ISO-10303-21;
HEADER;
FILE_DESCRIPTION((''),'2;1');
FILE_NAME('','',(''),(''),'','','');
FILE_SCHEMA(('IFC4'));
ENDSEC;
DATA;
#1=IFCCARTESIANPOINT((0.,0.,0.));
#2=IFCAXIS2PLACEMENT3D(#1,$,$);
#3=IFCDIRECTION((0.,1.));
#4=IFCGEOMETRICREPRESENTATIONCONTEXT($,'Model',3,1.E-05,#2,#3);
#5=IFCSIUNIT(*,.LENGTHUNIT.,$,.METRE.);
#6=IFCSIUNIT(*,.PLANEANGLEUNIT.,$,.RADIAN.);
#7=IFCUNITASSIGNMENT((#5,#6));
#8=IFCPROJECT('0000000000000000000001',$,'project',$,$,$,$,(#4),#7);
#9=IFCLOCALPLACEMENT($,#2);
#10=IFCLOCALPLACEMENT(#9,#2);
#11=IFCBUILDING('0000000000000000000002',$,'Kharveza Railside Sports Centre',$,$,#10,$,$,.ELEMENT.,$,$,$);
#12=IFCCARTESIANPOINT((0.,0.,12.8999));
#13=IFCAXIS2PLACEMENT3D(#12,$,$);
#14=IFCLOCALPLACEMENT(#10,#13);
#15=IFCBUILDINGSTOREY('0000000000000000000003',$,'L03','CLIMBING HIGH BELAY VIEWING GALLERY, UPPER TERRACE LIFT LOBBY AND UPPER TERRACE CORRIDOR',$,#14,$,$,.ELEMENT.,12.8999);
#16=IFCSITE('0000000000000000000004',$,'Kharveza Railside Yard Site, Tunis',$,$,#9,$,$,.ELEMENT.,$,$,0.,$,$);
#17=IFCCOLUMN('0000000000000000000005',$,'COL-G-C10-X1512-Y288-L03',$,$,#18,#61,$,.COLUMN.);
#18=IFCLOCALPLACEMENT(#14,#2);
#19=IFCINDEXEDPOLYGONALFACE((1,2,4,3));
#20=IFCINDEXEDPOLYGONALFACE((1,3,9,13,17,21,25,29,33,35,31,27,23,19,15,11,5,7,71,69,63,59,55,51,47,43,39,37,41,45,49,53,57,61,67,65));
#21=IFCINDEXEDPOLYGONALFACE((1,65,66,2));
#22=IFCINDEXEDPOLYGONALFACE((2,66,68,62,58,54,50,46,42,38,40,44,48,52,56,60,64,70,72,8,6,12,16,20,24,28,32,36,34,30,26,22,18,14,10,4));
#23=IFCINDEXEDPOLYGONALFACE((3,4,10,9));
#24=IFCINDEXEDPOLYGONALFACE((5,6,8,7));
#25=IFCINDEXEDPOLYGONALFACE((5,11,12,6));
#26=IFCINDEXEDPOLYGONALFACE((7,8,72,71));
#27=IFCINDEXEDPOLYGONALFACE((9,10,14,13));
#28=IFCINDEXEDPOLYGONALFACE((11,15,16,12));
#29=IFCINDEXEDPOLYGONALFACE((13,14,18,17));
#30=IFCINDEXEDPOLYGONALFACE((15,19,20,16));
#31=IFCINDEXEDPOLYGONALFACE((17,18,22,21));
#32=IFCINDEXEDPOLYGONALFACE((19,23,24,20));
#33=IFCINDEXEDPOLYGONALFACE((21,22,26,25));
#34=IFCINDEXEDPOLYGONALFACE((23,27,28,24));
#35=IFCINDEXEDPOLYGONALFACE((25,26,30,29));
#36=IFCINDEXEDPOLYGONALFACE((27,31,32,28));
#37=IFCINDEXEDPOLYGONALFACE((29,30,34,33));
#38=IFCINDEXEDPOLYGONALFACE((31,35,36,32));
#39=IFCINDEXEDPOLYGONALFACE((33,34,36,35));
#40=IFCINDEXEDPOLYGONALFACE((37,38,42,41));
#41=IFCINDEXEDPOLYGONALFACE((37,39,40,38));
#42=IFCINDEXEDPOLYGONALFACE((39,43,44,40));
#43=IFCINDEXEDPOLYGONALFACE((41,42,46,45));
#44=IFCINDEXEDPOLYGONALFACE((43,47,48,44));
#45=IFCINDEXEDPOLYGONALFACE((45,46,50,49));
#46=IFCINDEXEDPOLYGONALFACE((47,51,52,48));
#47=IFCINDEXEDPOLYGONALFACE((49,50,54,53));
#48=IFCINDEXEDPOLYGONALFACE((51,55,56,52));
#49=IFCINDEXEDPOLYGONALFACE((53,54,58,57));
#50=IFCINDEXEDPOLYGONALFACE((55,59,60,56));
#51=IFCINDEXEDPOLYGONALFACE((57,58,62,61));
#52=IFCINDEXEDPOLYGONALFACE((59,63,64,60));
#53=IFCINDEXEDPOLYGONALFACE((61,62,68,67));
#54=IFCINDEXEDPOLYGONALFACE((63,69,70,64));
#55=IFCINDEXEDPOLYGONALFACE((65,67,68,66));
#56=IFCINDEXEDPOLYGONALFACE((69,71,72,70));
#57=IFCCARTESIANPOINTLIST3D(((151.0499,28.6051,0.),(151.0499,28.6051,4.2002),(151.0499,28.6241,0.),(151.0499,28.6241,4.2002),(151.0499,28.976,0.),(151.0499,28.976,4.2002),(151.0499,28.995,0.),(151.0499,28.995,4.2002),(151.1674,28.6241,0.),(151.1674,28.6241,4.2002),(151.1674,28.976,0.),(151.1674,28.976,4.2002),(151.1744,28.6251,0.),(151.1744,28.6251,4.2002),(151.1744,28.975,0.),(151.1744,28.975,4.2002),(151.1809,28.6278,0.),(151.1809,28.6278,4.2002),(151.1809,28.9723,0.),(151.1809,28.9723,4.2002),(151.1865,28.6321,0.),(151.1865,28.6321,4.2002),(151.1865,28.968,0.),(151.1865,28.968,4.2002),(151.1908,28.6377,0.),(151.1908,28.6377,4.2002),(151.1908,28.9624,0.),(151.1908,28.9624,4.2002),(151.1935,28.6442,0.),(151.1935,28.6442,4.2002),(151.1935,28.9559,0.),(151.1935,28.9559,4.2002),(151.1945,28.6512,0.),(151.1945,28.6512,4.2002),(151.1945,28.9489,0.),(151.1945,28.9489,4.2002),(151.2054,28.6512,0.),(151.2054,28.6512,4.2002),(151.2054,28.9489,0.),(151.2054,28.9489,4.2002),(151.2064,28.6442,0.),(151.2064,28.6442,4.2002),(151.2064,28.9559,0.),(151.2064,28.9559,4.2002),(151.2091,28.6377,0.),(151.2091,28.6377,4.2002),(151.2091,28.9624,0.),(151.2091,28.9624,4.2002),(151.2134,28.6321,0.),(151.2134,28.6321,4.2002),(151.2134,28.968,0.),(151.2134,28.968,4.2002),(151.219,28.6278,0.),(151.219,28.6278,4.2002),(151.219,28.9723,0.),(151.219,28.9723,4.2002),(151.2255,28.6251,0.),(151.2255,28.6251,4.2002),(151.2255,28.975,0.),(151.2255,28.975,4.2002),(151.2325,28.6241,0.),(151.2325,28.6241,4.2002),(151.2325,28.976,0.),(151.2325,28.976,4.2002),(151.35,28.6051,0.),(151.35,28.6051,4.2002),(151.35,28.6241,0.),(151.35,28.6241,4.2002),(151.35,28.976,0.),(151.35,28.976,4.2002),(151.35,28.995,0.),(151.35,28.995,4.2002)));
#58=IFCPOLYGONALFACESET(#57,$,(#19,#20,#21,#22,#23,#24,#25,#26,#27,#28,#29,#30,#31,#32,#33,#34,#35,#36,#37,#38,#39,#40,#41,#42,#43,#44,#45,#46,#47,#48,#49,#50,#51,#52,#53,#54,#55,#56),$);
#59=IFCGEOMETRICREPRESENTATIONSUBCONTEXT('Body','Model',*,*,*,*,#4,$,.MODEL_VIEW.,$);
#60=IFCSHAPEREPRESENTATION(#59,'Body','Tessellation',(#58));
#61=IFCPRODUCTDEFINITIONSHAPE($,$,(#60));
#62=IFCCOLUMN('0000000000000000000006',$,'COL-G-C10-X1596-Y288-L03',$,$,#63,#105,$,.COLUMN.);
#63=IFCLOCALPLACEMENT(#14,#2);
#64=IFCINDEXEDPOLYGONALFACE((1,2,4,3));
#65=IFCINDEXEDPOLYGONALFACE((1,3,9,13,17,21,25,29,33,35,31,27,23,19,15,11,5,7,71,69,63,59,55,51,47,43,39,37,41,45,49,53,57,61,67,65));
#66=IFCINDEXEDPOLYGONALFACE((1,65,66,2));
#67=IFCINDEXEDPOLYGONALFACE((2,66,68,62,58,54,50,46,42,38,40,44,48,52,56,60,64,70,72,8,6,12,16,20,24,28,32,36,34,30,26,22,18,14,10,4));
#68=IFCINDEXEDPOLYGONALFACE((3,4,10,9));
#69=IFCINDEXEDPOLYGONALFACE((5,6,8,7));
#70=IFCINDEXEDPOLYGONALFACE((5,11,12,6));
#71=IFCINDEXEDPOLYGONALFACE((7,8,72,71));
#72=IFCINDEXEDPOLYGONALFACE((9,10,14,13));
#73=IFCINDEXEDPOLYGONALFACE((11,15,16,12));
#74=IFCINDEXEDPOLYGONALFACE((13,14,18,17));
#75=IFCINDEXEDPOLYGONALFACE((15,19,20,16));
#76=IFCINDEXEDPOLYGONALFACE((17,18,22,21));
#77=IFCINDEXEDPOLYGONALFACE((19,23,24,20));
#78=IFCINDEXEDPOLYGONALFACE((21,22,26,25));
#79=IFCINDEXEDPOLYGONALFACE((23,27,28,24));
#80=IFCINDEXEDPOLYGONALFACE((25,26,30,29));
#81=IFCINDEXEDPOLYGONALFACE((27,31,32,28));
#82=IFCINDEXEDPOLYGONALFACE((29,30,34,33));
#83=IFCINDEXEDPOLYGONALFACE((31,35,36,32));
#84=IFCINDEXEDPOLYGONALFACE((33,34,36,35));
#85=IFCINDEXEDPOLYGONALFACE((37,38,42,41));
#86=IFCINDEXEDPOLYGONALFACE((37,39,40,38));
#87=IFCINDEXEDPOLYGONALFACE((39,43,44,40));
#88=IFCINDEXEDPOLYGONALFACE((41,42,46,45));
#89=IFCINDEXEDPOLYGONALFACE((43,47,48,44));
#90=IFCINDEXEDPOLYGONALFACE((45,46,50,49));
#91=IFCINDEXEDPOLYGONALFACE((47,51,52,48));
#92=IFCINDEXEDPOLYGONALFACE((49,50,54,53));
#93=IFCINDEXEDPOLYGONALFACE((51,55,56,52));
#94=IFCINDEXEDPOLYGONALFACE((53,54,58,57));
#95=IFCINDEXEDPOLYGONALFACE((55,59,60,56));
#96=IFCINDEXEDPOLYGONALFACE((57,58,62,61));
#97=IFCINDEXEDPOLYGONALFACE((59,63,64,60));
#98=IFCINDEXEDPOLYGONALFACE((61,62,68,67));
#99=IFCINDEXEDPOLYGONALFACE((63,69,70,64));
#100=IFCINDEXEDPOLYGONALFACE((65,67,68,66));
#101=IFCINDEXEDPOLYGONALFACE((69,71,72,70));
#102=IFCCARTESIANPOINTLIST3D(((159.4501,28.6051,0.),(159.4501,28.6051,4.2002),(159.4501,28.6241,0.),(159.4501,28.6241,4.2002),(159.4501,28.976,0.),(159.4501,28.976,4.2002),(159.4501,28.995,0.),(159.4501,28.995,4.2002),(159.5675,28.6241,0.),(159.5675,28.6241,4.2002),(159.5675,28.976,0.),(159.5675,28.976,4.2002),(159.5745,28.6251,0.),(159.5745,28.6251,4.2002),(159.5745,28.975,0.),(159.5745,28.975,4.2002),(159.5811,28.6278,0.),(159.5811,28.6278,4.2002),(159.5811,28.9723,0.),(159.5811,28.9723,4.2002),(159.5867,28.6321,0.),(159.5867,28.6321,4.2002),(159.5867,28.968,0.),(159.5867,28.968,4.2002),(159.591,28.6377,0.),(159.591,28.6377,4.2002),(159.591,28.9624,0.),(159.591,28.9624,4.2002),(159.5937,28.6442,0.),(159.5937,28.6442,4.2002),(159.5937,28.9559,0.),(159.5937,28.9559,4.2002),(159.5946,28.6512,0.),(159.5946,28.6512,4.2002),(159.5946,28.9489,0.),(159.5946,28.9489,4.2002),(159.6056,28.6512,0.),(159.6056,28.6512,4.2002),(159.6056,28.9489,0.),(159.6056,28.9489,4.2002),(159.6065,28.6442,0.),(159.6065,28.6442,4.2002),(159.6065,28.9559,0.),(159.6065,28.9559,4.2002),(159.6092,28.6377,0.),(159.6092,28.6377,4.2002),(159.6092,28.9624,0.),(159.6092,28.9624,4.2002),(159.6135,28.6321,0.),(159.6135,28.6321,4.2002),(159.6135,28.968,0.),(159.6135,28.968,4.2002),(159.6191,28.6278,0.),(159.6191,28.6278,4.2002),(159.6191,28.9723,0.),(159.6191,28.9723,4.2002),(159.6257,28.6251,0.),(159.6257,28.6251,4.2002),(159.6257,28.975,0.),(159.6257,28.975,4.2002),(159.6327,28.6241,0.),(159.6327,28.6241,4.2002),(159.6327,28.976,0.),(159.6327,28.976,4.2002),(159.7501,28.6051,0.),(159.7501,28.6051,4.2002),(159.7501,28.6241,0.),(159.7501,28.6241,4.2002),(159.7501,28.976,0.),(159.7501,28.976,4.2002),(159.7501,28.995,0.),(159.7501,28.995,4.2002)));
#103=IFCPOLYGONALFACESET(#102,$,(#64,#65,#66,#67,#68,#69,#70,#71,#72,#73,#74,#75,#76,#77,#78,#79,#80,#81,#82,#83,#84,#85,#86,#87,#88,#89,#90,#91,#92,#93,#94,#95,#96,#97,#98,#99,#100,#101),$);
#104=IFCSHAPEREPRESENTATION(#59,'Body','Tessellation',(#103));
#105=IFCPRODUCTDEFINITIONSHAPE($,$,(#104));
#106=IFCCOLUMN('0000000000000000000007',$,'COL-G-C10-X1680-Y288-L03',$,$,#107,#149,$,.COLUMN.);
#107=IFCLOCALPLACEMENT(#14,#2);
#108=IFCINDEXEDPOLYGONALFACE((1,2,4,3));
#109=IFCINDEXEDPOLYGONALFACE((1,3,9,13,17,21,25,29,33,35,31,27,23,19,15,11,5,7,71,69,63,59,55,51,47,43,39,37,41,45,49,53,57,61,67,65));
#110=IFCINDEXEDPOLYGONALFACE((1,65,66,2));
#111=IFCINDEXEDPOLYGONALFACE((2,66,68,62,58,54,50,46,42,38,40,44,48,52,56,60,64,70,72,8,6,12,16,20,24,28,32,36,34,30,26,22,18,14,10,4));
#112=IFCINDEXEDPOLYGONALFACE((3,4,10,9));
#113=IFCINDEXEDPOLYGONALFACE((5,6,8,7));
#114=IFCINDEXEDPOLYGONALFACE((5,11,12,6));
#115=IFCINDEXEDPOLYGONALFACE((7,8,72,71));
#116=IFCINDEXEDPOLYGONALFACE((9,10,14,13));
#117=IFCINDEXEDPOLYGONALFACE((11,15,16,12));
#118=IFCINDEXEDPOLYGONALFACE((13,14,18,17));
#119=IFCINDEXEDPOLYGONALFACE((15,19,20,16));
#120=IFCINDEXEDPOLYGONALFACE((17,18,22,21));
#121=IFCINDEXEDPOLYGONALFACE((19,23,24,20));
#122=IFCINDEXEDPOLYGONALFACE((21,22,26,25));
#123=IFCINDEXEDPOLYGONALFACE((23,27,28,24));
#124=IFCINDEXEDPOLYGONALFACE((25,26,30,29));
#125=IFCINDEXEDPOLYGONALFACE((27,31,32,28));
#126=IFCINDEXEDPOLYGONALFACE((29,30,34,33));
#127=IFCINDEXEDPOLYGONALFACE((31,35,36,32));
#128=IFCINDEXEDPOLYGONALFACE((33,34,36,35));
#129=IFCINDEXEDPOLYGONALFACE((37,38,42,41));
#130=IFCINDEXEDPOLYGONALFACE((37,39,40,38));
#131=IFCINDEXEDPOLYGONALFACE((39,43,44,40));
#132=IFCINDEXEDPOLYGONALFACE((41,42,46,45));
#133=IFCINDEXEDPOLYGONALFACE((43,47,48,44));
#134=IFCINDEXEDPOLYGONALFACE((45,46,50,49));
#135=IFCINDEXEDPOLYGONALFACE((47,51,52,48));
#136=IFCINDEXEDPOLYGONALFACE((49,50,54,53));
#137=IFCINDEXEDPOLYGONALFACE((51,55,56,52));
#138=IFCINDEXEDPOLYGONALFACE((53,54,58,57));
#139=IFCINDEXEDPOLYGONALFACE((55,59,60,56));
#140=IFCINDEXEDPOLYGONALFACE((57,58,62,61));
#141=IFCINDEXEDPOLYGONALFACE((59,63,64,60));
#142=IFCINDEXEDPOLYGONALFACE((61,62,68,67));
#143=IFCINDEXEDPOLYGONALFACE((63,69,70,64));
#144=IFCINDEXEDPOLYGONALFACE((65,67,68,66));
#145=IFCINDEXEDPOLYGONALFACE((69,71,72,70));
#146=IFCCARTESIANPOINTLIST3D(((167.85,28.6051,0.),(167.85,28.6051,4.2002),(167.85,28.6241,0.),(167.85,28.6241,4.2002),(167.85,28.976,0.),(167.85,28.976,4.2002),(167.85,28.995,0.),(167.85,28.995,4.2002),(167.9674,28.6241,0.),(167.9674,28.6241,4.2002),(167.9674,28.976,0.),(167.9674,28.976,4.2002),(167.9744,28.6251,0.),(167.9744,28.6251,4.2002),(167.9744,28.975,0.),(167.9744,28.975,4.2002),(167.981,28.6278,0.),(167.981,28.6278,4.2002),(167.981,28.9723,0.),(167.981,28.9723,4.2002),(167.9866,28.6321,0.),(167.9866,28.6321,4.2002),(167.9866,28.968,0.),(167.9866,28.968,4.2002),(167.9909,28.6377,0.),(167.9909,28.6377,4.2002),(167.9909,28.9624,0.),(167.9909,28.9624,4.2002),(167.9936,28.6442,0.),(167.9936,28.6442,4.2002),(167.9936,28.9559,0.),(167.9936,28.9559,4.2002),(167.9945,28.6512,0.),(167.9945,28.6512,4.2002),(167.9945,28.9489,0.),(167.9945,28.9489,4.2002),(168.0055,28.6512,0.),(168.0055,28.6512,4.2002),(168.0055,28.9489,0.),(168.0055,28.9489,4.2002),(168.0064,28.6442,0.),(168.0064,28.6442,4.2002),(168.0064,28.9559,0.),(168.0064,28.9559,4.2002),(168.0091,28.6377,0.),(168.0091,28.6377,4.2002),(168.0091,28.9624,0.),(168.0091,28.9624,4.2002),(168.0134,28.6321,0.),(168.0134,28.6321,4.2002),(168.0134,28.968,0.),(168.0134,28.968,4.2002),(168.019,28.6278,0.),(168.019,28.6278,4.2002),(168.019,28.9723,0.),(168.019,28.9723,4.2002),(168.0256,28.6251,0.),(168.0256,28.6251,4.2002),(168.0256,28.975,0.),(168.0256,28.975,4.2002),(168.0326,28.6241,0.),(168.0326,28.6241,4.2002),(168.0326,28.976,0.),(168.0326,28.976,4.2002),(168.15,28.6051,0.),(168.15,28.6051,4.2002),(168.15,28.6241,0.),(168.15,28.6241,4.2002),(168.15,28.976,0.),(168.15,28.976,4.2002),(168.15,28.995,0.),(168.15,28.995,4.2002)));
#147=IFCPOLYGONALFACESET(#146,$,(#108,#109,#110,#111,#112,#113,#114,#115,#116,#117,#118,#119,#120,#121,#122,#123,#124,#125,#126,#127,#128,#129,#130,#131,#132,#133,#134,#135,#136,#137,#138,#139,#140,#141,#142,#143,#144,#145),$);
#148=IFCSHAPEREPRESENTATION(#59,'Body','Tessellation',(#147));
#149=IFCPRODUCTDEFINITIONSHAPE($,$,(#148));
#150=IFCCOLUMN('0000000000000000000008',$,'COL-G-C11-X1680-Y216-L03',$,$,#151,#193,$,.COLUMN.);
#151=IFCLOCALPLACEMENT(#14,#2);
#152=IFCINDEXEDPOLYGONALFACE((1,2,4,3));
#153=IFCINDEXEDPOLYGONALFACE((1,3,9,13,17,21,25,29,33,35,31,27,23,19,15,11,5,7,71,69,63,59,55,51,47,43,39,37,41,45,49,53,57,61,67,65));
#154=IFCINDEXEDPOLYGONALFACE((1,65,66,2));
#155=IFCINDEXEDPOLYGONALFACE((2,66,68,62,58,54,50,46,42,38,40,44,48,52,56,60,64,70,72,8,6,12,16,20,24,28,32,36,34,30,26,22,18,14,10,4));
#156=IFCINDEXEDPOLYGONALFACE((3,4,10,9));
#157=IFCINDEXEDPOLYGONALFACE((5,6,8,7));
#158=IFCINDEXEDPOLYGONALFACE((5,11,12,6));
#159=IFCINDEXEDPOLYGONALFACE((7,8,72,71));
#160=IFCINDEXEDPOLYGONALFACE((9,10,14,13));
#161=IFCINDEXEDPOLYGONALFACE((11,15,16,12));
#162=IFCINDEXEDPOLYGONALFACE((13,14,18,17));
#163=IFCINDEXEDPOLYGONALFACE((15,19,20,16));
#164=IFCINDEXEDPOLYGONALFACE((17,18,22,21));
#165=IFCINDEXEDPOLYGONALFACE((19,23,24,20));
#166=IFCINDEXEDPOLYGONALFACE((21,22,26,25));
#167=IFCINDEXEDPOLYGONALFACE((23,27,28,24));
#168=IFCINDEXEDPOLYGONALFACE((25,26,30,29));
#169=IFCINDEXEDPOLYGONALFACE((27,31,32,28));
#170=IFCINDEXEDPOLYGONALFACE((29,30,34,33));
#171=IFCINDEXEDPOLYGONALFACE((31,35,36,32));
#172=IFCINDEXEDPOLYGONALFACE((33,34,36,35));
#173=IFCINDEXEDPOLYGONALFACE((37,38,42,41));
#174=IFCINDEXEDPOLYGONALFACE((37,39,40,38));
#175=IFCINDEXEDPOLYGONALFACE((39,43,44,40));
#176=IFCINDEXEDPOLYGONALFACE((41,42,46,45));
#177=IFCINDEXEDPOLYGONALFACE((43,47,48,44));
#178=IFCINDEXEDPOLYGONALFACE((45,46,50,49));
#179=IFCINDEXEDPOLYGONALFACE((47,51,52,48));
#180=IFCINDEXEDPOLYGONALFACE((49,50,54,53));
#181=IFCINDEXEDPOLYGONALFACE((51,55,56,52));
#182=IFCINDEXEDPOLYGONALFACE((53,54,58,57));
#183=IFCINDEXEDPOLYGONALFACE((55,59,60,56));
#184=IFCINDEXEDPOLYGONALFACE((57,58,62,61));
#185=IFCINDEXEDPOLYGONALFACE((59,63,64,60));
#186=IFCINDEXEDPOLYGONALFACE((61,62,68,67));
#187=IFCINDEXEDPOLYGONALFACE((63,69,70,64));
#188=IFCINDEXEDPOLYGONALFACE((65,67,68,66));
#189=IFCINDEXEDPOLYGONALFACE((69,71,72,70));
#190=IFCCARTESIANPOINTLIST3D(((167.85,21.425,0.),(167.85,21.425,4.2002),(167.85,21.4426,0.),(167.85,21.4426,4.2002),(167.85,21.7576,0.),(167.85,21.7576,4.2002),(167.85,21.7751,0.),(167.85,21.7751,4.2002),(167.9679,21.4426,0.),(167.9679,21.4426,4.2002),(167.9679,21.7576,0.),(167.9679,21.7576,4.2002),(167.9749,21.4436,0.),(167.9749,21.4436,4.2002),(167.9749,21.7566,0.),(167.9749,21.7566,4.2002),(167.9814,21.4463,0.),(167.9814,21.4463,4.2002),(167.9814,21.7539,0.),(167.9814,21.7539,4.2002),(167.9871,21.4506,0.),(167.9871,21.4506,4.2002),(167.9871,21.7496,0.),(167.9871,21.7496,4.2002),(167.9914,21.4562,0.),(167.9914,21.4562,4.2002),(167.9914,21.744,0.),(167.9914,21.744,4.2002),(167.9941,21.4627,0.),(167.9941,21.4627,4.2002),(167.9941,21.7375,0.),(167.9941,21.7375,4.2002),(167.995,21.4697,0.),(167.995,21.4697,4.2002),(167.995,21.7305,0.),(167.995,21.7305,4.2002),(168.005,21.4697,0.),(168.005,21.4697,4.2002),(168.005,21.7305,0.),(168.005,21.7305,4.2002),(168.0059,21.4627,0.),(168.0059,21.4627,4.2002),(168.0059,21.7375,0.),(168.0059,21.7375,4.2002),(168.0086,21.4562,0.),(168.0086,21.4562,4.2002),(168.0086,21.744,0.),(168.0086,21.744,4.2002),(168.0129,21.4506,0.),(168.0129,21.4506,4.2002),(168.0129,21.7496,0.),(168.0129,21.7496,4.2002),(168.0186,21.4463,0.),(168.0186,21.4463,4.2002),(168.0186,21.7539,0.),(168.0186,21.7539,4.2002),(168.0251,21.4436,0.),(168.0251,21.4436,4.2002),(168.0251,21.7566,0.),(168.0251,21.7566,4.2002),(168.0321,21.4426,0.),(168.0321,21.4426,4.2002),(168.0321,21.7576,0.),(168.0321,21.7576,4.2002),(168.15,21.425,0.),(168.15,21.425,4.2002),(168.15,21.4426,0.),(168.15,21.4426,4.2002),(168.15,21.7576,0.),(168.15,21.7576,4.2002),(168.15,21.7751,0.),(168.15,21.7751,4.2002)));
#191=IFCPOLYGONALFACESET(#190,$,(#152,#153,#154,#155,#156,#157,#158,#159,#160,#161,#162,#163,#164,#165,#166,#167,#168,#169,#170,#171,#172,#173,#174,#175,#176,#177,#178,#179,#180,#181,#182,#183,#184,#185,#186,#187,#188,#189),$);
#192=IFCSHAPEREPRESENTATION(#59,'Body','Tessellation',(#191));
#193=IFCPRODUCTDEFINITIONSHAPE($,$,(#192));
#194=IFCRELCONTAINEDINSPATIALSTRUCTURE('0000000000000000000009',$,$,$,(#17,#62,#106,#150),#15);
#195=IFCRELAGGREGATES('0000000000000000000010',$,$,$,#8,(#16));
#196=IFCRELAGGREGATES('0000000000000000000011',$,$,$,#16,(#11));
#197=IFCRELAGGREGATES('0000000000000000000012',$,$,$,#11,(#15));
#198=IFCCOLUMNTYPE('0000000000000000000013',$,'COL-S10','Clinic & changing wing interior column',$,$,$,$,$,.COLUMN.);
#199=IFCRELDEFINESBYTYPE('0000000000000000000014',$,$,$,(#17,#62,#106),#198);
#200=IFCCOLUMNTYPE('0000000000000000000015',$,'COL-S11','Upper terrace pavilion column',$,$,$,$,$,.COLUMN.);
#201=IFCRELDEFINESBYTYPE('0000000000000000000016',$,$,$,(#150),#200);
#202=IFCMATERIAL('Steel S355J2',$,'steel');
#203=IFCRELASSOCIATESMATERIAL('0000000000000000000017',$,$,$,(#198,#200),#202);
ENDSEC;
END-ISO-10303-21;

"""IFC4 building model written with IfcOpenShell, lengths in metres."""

from ifc_helpers import new_model, si_unit, direction, frame, origin, origin_2d, place, context, subcontext, project, spatial, i_section, extrude, material, material_profile, profile_set, type_object, element, save


model = new_model("IFC4")

# Units and contexts
model_context = context("Model", 3, precision=1e-05, world=origin(), true_north=direction((0.0, 1.0)))
body_context = subcontext(model_context, "Body", "Model", "MODEL_VIEW")
ifc_project = project(units=[si_unit("LENGTHUNIT", "METRE"), si_unit("PLANEANGLEUNIT", "RADIAN")], contexts=[model_context])

# Site, building, storey
site_placement = place(None, origin())
site = spatial("IfcSite", under=ifc_project, at=site_placement, Name="Kharveza Railside Yard Site, Tunis", CompositionType="ELEMENT", RefElevation=0.0)
building_placement = place(site_placement, origin())
building = spatial("IfcBuilding", under=site, at=building_placement, Name="Kharveza Railside Sports Centre", CompositionType="ELEMENT")
storey_placement = place(building_placement, frame((0.0, 0.0, 12.8999)))
storey = spatial("IfcBuildingStorey", under=building, at=storey_placement, Name="L03", Description="CLIMBING HIGH BELAY VIEWING GALLERY, UPPER TERRACE LIFT LOBBY AND UPPER TERRACE CORRIDOR", CompositionType="ELEMENT", Elevation=12.8999)

# Columns
ifc_material_1 = material(Name="Steel S355J2", Category="steel")
ifc_material_profile_1 = material_profile(ifc_material_1, i_section(OverallWidth=0.3, OverallDepth=0.3899, WebThickness=0.011, FlangeThickness=0.019, FilletRadius=0.0271, at=origin_2d()), Name="HEA 400")
ifc_profile_set_1 = profile_set([ifc_material_profile_1], Name="Steel S355J2")
column_type_1 = type_object("IfcColumnType", Name="COL-S10", Description="Clinic & changing wing interior column", PredefinedType="COLUMN", material=ifc_profile_set_1)
for number, where, z_axis, x_axis, name in (
    (1, (151.2, 28.8, 0.0), (0.0, 0.0, 1.0), (1.0, 0.0, 0.0), "COL-G-C10-X1512-Y288-L03"),
    (2, (159.6001, 28.8, 0.0), (0.0, 0.0, 1.0), (1.0, 0.0, 0.0), "COL-G-C10-X1596-Y288-L03"),
    (3, (168.0, 28.8, 0.0), (0.0, 0.0, 1.0), (1.0, 0.0, 0.0), "COL-G-C10-X1680-Y288-L03"),
):
    element("IfcColumn", number, at=place(storey_placement, frame(where, z_axis=z_axis, x_axis=x_axis)), inside=storey, type_object=column_type_1, Name=name, PredefinedType="COLUMN", context=body_context, shape_type="SweptSolid", body=[
        extrude(i_section(OverallWidth=0.3, OverallDepth=0.3899, WebThickness=0.011, FlangeThickness=0.019, FilletRadius=0.0271, at=origin_2d()), origin(), (0.0, 0.0, 1.0), 4.2002),
    ])
ifc_material_profile_2 = material_profile(ifc_material_1, i_section(OverallWidth=0.3, OverallDepth=0.3501, WebThickness=0.01, FlangeThickness=0.0176, FilletRadius=0.0271, at=origin_2d()), Name="HEA 360")
ifc_profile_set_2 = profile_set([ifc_material_profile_2], Name="Steel S355J2")
column_type_2 = type_object("IfcColumnType", Name="COL-S11", Description="Upper terrace pavilion column", PredefinedType="COLUMN", material=ifc_profile_set_2)
column_placement = place(storey_placement, frame((168.0, 21.6001, 0.0), z_axis=(0.0, 0.0, 1.0), x_axis=(1.0, 0.0, 0.0)))
element("IfcColumn", 4, at=column_placement, inside=storey, type_object=column_type_2, Name="COL-G-C11-X1680-Y216-L03", PredefinedType="COLUMN", context=body_context, shape_type="SweptSolid", body=[
    extrude(i_section(OverallWidth=0.3, OverallDepth=0.3501, WebThickness=0.01, FlangeThickness=0.0176, FilletRadius=0.0271, at=origin_2d()), origin(), (0.0, 0.0, 1.0), 4.2002),
])

save(model, "model.ifc")
